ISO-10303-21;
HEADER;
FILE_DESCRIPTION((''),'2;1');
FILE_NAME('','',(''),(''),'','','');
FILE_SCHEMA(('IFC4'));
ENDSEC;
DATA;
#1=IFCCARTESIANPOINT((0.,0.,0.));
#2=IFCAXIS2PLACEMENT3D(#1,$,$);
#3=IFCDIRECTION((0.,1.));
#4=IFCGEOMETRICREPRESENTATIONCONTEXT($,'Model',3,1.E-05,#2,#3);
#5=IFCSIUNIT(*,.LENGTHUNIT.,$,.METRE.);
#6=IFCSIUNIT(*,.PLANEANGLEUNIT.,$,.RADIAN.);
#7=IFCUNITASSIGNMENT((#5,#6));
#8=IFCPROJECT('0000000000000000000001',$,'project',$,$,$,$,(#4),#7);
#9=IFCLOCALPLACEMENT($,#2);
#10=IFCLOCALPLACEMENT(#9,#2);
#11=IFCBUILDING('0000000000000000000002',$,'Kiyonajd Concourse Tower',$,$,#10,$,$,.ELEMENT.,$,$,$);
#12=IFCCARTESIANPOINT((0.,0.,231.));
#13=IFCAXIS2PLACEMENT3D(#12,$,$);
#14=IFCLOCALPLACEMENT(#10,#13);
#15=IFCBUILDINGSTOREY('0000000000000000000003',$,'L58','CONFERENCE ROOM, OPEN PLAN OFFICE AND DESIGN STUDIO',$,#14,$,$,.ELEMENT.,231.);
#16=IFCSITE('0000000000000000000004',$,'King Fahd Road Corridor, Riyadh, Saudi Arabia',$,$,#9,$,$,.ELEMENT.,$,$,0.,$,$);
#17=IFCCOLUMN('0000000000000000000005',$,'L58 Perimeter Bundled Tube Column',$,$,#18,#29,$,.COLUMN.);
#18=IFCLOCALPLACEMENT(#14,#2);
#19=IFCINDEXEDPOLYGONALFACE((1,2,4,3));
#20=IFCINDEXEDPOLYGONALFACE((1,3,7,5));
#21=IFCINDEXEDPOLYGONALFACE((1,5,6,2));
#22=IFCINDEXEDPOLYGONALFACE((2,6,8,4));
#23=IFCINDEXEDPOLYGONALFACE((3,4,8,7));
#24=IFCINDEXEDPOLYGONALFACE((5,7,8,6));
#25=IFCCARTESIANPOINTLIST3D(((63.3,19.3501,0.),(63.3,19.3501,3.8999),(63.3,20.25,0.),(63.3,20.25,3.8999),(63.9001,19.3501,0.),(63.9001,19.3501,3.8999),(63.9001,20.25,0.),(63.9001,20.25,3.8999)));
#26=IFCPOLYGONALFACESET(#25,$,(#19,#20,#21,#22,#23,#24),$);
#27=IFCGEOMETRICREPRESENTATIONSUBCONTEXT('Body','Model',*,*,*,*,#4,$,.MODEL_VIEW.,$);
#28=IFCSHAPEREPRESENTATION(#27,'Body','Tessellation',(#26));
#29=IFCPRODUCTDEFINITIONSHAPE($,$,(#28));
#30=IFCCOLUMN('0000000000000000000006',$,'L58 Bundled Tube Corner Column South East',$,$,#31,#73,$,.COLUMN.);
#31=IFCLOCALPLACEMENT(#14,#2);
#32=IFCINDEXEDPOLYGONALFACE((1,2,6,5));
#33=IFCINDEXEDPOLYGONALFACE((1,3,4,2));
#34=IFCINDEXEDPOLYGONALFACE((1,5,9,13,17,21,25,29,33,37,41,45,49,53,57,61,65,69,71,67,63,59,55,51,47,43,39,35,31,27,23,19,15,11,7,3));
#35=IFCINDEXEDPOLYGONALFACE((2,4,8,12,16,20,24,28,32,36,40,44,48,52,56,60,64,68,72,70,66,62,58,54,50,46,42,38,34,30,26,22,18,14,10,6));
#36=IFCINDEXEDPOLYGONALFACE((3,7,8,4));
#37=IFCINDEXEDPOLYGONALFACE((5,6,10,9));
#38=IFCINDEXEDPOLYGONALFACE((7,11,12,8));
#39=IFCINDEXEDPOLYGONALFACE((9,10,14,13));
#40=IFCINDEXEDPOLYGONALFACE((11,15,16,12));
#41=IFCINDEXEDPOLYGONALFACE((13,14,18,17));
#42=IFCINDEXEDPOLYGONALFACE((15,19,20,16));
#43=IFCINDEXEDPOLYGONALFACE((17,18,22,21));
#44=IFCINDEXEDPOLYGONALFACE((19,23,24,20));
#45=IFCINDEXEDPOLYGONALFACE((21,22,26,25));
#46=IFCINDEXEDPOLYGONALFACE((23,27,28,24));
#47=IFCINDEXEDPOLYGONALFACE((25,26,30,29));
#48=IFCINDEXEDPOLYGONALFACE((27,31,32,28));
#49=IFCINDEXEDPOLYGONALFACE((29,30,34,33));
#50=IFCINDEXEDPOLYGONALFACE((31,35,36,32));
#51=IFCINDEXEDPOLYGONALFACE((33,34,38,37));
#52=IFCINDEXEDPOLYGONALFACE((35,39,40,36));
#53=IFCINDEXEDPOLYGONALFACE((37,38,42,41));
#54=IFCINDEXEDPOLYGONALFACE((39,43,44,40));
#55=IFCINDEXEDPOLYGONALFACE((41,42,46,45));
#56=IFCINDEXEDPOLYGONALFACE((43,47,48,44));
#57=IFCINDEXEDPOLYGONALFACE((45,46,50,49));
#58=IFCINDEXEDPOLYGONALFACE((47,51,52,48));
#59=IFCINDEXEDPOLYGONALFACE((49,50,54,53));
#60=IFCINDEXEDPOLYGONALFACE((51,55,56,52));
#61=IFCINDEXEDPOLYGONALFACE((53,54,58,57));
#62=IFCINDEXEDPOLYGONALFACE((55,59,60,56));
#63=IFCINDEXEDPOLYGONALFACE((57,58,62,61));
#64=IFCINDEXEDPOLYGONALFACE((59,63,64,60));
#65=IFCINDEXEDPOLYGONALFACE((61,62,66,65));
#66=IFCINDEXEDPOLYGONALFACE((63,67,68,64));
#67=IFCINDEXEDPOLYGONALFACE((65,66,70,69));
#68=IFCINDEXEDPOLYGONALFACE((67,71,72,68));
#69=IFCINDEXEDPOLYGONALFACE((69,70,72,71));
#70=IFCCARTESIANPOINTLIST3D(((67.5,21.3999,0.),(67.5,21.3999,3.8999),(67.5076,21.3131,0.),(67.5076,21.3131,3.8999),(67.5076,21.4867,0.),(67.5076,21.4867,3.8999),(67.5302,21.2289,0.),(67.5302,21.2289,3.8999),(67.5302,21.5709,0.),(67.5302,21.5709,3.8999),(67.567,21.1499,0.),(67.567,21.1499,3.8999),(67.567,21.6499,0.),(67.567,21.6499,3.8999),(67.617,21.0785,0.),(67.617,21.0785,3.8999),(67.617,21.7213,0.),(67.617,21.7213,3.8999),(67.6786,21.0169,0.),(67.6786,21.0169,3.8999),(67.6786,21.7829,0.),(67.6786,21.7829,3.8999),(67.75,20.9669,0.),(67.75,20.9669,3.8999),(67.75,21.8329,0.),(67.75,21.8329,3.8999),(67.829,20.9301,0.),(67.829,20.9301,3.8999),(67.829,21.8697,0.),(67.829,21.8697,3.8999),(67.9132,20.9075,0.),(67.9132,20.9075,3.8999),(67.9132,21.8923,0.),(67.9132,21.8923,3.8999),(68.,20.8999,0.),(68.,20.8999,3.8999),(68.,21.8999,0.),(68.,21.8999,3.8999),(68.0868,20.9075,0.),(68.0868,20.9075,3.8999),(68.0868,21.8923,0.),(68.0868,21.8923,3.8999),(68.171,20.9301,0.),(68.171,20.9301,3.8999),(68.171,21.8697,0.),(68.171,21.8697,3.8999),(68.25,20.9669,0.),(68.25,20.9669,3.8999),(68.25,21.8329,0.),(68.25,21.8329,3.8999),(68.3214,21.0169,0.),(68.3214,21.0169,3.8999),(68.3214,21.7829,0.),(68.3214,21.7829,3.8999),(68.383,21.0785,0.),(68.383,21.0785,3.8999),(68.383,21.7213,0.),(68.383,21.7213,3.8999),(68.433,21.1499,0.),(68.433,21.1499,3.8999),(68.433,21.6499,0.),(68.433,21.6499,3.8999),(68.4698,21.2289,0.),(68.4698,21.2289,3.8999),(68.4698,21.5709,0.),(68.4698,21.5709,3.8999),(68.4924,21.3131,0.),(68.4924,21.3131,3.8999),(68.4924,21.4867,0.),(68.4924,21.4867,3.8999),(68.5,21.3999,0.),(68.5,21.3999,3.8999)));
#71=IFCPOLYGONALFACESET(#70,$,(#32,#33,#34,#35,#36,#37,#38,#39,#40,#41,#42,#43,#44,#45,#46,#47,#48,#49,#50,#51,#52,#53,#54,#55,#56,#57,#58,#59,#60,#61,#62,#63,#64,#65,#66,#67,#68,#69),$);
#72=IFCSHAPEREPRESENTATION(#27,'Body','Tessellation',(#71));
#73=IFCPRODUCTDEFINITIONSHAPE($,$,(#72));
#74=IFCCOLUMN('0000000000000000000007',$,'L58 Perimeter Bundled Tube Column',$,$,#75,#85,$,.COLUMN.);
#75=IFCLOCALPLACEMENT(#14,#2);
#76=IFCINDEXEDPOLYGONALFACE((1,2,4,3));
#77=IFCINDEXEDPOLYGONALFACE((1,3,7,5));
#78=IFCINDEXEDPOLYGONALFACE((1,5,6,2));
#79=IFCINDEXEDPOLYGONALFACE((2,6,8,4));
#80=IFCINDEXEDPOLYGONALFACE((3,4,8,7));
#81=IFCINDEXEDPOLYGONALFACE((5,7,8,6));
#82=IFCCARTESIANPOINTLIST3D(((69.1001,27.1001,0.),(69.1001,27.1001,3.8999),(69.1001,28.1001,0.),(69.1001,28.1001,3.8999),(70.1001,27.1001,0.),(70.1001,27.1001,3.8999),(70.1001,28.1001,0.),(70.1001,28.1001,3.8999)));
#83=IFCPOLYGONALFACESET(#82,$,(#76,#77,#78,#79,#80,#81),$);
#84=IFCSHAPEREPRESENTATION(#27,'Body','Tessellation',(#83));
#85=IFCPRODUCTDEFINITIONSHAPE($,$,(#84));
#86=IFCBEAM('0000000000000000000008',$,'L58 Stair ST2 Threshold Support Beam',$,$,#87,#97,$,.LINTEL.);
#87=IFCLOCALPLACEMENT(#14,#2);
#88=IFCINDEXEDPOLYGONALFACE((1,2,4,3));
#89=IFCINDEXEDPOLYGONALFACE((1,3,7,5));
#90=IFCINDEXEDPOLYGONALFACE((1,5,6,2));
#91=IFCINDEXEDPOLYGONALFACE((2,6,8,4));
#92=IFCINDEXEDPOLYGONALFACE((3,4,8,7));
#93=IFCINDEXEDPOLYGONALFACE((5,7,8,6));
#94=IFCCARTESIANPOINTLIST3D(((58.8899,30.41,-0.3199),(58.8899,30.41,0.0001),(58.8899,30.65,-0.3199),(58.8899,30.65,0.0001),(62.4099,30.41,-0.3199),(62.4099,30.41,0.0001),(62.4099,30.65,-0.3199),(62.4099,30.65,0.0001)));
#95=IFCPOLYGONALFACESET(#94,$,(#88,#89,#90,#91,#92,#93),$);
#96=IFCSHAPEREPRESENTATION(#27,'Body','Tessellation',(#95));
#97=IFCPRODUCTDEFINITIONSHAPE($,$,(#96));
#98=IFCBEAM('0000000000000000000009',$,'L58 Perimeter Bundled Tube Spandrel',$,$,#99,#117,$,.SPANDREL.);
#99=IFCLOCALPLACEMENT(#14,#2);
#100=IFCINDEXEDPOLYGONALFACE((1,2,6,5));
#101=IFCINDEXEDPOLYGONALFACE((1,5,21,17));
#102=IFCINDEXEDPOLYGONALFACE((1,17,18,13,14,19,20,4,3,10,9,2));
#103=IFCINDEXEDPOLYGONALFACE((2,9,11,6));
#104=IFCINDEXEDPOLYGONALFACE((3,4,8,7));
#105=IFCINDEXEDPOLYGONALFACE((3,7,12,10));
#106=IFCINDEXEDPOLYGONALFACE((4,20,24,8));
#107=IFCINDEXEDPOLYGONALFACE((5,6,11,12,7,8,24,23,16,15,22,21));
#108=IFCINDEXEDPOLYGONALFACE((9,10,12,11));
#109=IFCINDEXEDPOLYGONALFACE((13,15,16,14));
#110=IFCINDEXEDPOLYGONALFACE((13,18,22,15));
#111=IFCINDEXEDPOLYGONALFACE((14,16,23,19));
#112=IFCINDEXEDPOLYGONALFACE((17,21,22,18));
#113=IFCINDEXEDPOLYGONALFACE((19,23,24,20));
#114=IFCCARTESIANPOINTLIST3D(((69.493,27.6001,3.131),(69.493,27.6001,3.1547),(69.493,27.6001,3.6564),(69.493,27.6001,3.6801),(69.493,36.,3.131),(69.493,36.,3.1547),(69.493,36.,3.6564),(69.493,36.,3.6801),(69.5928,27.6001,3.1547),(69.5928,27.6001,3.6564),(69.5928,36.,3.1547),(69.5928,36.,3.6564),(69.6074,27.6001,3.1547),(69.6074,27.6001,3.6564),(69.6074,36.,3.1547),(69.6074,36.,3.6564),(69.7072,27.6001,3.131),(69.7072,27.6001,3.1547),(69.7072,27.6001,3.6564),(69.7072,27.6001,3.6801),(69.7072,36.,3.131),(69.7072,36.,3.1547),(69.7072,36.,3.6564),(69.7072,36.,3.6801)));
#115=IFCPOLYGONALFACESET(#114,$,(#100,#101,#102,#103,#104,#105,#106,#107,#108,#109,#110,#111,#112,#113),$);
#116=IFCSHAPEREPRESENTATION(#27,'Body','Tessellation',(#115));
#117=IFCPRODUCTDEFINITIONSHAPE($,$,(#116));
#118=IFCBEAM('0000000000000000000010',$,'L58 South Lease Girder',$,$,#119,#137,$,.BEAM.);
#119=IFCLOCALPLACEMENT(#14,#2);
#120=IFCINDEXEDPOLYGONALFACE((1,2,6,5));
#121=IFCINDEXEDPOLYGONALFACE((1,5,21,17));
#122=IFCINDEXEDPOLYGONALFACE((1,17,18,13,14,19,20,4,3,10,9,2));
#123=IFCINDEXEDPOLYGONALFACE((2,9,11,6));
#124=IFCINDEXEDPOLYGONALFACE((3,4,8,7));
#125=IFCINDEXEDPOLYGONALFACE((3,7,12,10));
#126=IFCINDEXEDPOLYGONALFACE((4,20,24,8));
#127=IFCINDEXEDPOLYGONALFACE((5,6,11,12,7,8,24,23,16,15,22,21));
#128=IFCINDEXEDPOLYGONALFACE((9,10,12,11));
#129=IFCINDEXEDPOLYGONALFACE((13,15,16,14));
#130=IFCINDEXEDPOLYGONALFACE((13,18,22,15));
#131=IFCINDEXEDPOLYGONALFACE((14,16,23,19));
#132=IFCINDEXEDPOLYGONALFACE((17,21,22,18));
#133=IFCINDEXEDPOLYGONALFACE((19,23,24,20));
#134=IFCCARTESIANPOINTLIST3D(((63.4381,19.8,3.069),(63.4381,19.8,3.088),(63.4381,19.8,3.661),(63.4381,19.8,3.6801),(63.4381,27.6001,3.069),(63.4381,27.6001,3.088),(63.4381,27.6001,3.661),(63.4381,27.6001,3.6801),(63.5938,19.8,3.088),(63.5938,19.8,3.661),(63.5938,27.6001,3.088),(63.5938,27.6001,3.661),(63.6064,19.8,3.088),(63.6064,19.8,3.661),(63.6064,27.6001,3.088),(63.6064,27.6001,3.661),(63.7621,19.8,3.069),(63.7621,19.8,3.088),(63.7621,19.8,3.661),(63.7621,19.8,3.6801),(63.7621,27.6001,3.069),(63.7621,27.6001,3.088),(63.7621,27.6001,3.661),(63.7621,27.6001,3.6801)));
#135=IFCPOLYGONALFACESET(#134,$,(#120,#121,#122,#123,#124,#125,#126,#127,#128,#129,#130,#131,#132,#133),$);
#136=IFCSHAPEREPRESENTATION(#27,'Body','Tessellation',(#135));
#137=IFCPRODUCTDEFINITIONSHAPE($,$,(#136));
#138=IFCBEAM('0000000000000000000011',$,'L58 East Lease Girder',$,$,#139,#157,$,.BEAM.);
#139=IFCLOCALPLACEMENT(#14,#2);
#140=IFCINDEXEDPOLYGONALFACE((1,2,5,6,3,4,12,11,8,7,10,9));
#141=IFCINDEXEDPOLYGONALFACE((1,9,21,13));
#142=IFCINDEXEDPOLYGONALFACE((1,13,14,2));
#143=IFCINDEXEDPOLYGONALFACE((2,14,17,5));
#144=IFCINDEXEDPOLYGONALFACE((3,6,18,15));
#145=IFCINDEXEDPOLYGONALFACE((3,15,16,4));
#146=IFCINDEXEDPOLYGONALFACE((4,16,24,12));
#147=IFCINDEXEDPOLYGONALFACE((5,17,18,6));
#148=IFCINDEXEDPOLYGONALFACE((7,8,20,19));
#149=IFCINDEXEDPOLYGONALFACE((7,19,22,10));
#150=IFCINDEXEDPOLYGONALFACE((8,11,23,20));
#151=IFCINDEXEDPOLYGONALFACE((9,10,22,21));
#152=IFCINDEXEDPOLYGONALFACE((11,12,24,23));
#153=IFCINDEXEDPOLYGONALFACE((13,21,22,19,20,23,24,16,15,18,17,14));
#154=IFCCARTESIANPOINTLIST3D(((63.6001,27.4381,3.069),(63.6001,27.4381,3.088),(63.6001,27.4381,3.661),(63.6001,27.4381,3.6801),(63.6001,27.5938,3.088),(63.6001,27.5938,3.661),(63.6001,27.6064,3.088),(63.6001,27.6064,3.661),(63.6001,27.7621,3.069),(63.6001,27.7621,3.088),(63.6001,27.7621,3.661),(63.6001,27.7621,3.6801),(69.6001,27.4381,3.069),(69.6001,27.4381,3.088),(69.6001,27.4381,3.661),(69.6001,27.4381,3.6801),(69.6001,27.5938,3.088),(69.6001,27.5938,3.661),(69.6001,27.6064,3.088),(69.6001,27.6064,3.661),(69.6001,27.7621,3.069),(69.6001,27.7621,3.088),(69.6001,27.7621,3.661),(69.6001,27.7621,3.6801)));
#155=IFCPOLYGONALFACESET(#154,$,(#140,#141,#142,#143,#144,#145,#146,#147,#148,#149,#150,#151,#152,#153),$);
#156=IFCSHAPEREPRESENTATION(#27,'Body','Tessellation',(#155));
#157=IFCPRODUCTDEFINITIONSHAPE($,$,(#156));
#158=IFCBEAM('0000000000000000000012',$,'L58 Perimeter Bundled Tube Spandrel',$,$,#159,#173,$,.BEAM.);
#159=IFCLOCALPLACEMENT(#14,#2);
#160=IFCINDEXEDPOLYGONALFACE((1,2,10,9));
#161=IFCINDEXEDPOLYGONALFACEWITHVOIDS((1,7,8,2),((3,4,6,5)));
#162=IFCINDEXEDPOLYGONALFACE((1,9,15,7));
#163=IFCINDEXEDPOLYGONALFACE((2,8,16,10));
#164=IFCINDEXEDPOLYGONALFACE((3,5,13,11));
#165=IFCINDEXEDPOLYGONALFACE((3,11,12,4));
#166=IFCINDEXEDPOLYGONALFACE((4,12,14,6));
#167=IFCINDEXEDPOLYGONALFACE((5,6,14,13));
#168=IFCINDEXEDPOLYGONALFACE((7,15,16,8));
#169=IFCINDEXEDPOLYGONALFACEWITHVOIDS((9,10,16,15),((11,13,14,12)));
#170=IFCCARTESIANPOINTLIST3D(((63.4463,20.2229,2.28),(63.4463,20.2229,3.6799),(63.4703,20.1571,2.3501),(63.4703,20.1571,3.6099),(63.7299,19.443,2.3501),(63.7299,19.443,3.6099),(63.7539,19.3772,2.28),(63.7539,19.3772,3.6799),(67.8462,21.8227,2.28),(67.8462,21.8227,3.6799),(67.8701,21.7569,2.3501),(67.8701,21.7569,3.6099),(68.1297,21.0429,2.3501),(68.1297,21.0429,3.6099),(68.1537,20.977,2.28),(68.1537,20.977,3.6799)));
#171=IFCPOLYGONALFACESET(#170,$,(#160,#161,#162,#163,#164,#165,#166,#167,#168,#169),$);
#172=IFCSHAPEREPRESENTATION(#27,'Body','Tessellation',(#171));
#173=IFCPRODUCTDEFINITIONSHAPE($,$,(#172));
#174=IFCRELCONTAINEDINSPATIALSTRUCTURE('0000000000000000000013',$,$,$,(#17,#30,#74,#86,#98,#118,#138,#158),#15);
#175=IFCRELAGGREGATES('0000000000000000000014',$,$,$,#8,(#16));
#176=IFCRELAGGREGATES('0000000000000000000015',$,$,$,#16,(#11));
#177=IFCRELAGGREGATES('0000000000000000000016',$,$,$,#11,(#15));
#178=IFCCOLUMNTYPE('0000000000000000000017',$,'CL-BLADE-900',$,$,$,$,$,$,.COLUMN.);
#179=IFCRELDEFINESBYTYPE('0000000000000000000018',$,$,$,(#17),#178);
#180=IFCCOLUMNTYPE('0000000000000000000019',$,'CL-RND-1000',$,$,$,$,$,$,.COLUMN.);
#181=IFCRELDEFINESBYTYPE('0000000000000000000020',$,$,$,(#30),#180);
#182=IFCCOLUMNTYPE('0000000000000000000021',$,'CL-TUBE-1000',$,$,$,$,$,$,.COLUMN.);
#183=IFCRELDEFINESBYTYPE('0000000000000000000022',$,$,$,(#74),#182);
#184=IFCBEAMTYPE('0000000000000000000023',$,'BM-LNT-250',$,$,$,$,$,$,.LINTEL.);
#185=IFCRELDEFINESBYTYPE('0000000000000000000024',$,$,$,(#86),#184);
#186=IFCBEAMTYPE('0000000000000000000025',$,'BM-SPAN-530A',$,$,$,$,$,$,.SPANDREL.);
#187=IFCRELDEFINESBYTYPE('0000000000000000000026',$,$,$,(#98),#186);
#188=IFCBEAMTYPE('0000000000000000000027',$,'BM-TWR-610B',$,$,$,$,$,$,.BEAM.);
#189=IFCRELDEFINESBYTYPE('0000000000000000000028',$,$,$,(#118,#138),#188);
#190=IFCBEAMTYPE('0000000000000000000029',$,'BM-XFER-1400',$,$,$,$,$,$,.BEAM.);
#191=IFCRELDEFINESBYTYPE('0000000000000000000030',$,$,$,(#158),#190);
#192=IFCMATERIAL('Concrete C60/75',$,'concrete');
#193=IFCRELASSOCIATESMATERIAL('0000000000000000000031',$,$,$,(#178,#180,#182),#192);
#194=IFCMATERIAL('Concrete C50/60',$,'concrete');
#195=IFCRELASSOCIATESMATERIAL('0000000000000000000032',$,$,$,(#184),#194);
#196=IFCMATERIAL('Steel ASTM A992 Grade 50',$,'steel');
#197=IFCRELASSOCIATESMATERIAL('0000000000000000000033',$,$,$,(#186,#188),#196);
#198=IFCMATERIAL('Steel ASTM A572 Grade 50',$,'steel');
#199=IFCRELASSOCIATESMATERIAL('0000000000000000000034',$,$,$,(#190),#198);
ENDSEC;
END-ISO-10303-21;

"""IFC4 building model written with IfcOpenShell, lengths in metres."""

from ifc_helpers import new_model, si_unit, direction, frame, origin, origin_2d, place, context, subcontext, project, spatial, rectangle, hollow_rectangle, circle, i_section, extrude, material, material_profile, profile_set, type_object, element, save


model = new_model("IFC4")

# Units and contexts
model_context = context("Model", 3, precision=1e-05, world=origin(), true_north=direction((0.0, 1.0)))
body_context = subcontext(model_context, "Body", "Model", "MODEL_VIEW")
ifc_project = project(units=[si_unit("LENGTHUNIT", "METRE"), si_unit("PLANEANGLEUNIT", "RADIAN")], contexts=[model_context])

# Site, building, storey
site_placement = place(None, origin())
site = spatial("IfcSite", under=ifc_project, at=site_placement, Name="King Fahd Road Corridor, Riyadh, Saudi Arabia", CompositionType="ELEMENT", RefElevation=0.0)
building_placement = place(site_placement, origin())
building = spatial("IfcBuilding", under=site, at=building_placement, Name="Kiyonajd Concourse Tower", CompositionType="ELEMENT")
storey_placement = place(building_placement, frame((0.0, 0.0, 231.0)))
storey = spatial("IfcBuildingStorey", under=building, at=storey_placement, Name="L58", Description="CONFERENCE ROOM, OPEN PLAN OFFICE AND DESIGN STUDIO", CompositionType="ELEMENT", Elevation=231.0)

# Columns
ifc_material_1 = material(Name="Concrete C60/75", Category="concrete")
ifc_material_profile_1 = material_profile(ifc_material_1, rectangle(XDim=0.6001, YDim=0.8999, at=origin_2d()), Name="RC-900x600")
ifc_profile_set_1 = profile_set([ifc_material_profile_1], Name="Concrete C60/75")
column_type_1 = type_object("IfcColumnType", Name="CL-BLADE-900", PredefinedType="COLUMN", material=ifc_profile_set_1)
column_1_placement = place(storey_placement, frame((63.6001, 19.8, 0.0), z_axis=(0.0, 0.0, 1.0), x_axis=(1.0, 0.0, 0.0)))
element("IfcColumn", 1, at=column_1_placement, inside=storey, type_object=column_type_1, Name="L58 Perimeter Bundled Tube Column", PredefinedType="COLUMN", context=body_context, shape_type="SweptSolid", body=[
    extrude(rectangle(XDim=0.6001, YDim=0.8999, at=origin_2d()), origin(), (0.0, 0.0, 1.0), 3.8999),
])
ifc_material_profile_2 = material_profile(ifc_material_1, circle(Radius=0.5, at=origin_2d()), Name="RCC-D1000")
ifc_profile_set_2 = profile_set([ifc_material_profile_2], Name="Concrete C60/75")
column_type_2 = type_object("IfcColumnType", Name="CL-RND-1000", PredefinedType="COLUMN", material=ifc_profile_set_2)
column_2_placement = place(storey_placement, frame((68.0, 21.3999, 0.0), z_axis=(0.0, 0.0, 1.0), x_axis=(1.0, 0.0, 0.0)))
element("IfcColumn", 2, at=column_2_placement, inside=storey, type_object=column_type_2, Name="L58 Bundled Tube Corner Column South East", PredefinedType="COLUMN", context=body_context, shape_type="SweptSolid", body=[
    extrude(circle(Radius=0.5, at=origin_2d()), origin(), (0.0, 0.0, 1.0), 3.8999),
])
ifc_material_profile_3 = material_profile(ifc_material_1, rectangle(XDim=1.0, YDim=1.0, at=origin_2d()), Name="RC-1000x1000")
ifc_profile_set_3 = profile_set([ifc_material_profile_3], Name="Concrete C60/75")
column_type_3 = type_object("IfcColumnType", Name="CL-TUBE-1000", PredefinedType="COLUMN", material=ifc_profile_set_3)
column_3_placement = place(storey_placement, frame((69.6001, 27.6001, 0.0), z_axis=(0.0, 0.0, 1.0), x_axis=(1.0, 0.0, 0.0)))
element("IfcColumn", 3, at=column_3_placement, inside=storey, type_object=column_type_3, Name="L58 Perimeter Bundled Tube Column", PredefinedType="COLUMN", context=body_context, shape_type="SweptSolid", body=[
    extrude(rectangle(XDim=1.0, YDim=1.0, at=origin_2d()), origin(), (0.0, 0.0, 1.0), 3.8999),
])

# Beams
ifc_material_2 = material(Name="Concrete C50/60", Category="concrete")
ifc_material_profile_4 = material_profile(ifc_material_2, rectangle(XDim=0.24, YDim=0.3201, at=origin_2d()), Name="RCBM-240x320")
ifc_profile_set_4 = profile_set([ifc_material_profile_4], Name="Concrete C50/60")
beam_type_1 = type_object("IfcBeamType", Name="BM-LNT-250", PredefinedType="LINTEL", material=ifc_profile_set_4)
beam_1_placement = place(storey_placement, frame((58.8899, 30.53, -0.1599), z_axis=(1.0, 0.0, 0.0), x_axis=(0.0, 1.0, 0.0)))
element("IfcBeam", 4, at=beam_1_placement, inside=storey, type_object=beam_type_1, Name="L58 Stair ST2 Threshold Support Beam", PredefinedType="LINTEL", context=body_context, shape_type="SweptSolid", body=[
    extrude(rectangle(XDim=0.24, YDim=0.3201, at=origin_2d()), origin(), (0.0, 0.0, 1.0), 3.52),
])
ifc_material_3 = material(Name="Steel ASTM A992 Grade 50", Category="steel")
ifc_material_profile_5 = material_profile(ifc_material_3, i_section(OverallWidth=0.2141, OverallDepth=0.5491, WebThickness=0.0146, FlangeThickness=0.0237, at=origin_2d()), Name="W530X138")
ifc_profile_set_5 = profile_set([ifc_material_profile_5], Name="Steel ASTM A992 Grade 50")
beam_type_2 = type_object("IfcBeamType", Name="BM-SPAN-530A", PredefinedType="SPANDREL", material=ifc_profile_set_5)
beam_2_placement = place(storey_placement, frame((69.6001, 27.6001, 3.4055), z_axis=(0.0, 1.0, 0.0), x_axis=(-1.0, 0.0, 0.0)))
element("IfcBeam", 5, at=beam_2_placement, inside=storey, type_object=beam_type_2, Name="L58 Perimeter Bundled Tube Spandrel", PredefinedType="SPANDREL", context=body_context, shape_type="SweptSolid", body=[
    extrude(i_section(OverallWidth=0.2141, OverallDepth=0.5491, WebThickness=0.0146, FlangeThickness=0.0237, at=origin_2d()), origin(), (0.0, 0.0, 1.0), 8.3999),
])
ifc_material_profile_6 = material_profile(ifc_material_3, i_section(OverallWidth=0.324, OverallDepth=0.6111, WebThickness=0.0127, FlangeThickness=0.019, at=origin_2d()), Name="W610X155")
ifc_profile_set_6 = profile_set([ifc_material_profile_6], Name="Steel ASTM A992 Grade 50")
beam_type_3 = type_object("IfcBeamType", Name="BM-TWR-610B", PredefinedType="BEAM", material=ifc_profile_set_6)
beam_3_placement = place(storey_placement, frame((63.6001, 19.8, 3.3745), z_axis=(0.0, 1.0, 0.0), x_axis=(-1.0, 0.0, 0.0)))
element("IfcBeam", 6, at=beam_3_placement, inside=storey, type_object=beam_type_3, Name="L58 South Lease Girder", PredefinedType="BEAM", context=body_context, shape_type="SweptSolid", body=[
    extrude(i_section(OverallWidth=0.324, OverallDepth=0.6111, WebThickness=0.0127, FlangeThickness=0.019, at=origin_2d()), origin(), (0.0, 0.0, 1.0), 7.8),
])
beam_4_placement = place(storey_placement, frame((63.6001, 27.6001, 3.3745), z_axis=(1.0, 0.0, 0.0), x_axis=(0.0, 1.0, 0.0)))
element("IfcBeam", 7, at=beam_4_placement, inside=storey, type_object=beam_type_3, Name="L58 East Lease Girder", PredefinedType="BEAM", context=body_context, shape_type="SweptSolid", body=[
    extrude(i_section(OverallWidth=0.324, OverallDepth=0.6111, WebThickness=0.0127, FlangeThickness=0.019, at=origin_2d()), origin(), (0.0, 0.0, 1.0), 6.0),
])
ifc_material_4 = material(Name="Steel ASTM A572 Grade 50", Category="steel")
ifc_material_profile_7 = material_profile(ifc_material_4, hollow_rectangle(XDim=0.8999, YDim=1.3999, WallThickness=0.0701, at=origin_2d()), Name="BOX-1400x900x70")
ifc_profile_set_7 = profile_set([ifc_material_profile_7], Name="Steel ASTM A572 Grade 50")
beam_type_4 = type_object("IfcBeamType", Name="BM-XFER-1400", PredefinedType="BEAM", material=ifc_profile_set_7)
beam_5_placement = place(storey_placement, frame((63.6001, 19.8, 2.98), z_axis=(0.939801, 0.341722, 0.0), x_axis=(-0.341722, 0.939801, 0.0)))
element("IfcBeam", 8, at=beam_5_placement, inside=storey, type_object=beam_type_4, Name="L58 Perimeter Bundled Tube Spandrel", PredefinedType="BEAM", context=body_context, shape_type="SweptSolid", body=[
    extrude(hollow_rectangle(XDim=0.8999, YDim=1.3999, WallThickness=0.0701, at=origin_2d()), origin(), (0.0, 0.0, 1.0), 4.6816),
])

save(model, "model.ifc")
